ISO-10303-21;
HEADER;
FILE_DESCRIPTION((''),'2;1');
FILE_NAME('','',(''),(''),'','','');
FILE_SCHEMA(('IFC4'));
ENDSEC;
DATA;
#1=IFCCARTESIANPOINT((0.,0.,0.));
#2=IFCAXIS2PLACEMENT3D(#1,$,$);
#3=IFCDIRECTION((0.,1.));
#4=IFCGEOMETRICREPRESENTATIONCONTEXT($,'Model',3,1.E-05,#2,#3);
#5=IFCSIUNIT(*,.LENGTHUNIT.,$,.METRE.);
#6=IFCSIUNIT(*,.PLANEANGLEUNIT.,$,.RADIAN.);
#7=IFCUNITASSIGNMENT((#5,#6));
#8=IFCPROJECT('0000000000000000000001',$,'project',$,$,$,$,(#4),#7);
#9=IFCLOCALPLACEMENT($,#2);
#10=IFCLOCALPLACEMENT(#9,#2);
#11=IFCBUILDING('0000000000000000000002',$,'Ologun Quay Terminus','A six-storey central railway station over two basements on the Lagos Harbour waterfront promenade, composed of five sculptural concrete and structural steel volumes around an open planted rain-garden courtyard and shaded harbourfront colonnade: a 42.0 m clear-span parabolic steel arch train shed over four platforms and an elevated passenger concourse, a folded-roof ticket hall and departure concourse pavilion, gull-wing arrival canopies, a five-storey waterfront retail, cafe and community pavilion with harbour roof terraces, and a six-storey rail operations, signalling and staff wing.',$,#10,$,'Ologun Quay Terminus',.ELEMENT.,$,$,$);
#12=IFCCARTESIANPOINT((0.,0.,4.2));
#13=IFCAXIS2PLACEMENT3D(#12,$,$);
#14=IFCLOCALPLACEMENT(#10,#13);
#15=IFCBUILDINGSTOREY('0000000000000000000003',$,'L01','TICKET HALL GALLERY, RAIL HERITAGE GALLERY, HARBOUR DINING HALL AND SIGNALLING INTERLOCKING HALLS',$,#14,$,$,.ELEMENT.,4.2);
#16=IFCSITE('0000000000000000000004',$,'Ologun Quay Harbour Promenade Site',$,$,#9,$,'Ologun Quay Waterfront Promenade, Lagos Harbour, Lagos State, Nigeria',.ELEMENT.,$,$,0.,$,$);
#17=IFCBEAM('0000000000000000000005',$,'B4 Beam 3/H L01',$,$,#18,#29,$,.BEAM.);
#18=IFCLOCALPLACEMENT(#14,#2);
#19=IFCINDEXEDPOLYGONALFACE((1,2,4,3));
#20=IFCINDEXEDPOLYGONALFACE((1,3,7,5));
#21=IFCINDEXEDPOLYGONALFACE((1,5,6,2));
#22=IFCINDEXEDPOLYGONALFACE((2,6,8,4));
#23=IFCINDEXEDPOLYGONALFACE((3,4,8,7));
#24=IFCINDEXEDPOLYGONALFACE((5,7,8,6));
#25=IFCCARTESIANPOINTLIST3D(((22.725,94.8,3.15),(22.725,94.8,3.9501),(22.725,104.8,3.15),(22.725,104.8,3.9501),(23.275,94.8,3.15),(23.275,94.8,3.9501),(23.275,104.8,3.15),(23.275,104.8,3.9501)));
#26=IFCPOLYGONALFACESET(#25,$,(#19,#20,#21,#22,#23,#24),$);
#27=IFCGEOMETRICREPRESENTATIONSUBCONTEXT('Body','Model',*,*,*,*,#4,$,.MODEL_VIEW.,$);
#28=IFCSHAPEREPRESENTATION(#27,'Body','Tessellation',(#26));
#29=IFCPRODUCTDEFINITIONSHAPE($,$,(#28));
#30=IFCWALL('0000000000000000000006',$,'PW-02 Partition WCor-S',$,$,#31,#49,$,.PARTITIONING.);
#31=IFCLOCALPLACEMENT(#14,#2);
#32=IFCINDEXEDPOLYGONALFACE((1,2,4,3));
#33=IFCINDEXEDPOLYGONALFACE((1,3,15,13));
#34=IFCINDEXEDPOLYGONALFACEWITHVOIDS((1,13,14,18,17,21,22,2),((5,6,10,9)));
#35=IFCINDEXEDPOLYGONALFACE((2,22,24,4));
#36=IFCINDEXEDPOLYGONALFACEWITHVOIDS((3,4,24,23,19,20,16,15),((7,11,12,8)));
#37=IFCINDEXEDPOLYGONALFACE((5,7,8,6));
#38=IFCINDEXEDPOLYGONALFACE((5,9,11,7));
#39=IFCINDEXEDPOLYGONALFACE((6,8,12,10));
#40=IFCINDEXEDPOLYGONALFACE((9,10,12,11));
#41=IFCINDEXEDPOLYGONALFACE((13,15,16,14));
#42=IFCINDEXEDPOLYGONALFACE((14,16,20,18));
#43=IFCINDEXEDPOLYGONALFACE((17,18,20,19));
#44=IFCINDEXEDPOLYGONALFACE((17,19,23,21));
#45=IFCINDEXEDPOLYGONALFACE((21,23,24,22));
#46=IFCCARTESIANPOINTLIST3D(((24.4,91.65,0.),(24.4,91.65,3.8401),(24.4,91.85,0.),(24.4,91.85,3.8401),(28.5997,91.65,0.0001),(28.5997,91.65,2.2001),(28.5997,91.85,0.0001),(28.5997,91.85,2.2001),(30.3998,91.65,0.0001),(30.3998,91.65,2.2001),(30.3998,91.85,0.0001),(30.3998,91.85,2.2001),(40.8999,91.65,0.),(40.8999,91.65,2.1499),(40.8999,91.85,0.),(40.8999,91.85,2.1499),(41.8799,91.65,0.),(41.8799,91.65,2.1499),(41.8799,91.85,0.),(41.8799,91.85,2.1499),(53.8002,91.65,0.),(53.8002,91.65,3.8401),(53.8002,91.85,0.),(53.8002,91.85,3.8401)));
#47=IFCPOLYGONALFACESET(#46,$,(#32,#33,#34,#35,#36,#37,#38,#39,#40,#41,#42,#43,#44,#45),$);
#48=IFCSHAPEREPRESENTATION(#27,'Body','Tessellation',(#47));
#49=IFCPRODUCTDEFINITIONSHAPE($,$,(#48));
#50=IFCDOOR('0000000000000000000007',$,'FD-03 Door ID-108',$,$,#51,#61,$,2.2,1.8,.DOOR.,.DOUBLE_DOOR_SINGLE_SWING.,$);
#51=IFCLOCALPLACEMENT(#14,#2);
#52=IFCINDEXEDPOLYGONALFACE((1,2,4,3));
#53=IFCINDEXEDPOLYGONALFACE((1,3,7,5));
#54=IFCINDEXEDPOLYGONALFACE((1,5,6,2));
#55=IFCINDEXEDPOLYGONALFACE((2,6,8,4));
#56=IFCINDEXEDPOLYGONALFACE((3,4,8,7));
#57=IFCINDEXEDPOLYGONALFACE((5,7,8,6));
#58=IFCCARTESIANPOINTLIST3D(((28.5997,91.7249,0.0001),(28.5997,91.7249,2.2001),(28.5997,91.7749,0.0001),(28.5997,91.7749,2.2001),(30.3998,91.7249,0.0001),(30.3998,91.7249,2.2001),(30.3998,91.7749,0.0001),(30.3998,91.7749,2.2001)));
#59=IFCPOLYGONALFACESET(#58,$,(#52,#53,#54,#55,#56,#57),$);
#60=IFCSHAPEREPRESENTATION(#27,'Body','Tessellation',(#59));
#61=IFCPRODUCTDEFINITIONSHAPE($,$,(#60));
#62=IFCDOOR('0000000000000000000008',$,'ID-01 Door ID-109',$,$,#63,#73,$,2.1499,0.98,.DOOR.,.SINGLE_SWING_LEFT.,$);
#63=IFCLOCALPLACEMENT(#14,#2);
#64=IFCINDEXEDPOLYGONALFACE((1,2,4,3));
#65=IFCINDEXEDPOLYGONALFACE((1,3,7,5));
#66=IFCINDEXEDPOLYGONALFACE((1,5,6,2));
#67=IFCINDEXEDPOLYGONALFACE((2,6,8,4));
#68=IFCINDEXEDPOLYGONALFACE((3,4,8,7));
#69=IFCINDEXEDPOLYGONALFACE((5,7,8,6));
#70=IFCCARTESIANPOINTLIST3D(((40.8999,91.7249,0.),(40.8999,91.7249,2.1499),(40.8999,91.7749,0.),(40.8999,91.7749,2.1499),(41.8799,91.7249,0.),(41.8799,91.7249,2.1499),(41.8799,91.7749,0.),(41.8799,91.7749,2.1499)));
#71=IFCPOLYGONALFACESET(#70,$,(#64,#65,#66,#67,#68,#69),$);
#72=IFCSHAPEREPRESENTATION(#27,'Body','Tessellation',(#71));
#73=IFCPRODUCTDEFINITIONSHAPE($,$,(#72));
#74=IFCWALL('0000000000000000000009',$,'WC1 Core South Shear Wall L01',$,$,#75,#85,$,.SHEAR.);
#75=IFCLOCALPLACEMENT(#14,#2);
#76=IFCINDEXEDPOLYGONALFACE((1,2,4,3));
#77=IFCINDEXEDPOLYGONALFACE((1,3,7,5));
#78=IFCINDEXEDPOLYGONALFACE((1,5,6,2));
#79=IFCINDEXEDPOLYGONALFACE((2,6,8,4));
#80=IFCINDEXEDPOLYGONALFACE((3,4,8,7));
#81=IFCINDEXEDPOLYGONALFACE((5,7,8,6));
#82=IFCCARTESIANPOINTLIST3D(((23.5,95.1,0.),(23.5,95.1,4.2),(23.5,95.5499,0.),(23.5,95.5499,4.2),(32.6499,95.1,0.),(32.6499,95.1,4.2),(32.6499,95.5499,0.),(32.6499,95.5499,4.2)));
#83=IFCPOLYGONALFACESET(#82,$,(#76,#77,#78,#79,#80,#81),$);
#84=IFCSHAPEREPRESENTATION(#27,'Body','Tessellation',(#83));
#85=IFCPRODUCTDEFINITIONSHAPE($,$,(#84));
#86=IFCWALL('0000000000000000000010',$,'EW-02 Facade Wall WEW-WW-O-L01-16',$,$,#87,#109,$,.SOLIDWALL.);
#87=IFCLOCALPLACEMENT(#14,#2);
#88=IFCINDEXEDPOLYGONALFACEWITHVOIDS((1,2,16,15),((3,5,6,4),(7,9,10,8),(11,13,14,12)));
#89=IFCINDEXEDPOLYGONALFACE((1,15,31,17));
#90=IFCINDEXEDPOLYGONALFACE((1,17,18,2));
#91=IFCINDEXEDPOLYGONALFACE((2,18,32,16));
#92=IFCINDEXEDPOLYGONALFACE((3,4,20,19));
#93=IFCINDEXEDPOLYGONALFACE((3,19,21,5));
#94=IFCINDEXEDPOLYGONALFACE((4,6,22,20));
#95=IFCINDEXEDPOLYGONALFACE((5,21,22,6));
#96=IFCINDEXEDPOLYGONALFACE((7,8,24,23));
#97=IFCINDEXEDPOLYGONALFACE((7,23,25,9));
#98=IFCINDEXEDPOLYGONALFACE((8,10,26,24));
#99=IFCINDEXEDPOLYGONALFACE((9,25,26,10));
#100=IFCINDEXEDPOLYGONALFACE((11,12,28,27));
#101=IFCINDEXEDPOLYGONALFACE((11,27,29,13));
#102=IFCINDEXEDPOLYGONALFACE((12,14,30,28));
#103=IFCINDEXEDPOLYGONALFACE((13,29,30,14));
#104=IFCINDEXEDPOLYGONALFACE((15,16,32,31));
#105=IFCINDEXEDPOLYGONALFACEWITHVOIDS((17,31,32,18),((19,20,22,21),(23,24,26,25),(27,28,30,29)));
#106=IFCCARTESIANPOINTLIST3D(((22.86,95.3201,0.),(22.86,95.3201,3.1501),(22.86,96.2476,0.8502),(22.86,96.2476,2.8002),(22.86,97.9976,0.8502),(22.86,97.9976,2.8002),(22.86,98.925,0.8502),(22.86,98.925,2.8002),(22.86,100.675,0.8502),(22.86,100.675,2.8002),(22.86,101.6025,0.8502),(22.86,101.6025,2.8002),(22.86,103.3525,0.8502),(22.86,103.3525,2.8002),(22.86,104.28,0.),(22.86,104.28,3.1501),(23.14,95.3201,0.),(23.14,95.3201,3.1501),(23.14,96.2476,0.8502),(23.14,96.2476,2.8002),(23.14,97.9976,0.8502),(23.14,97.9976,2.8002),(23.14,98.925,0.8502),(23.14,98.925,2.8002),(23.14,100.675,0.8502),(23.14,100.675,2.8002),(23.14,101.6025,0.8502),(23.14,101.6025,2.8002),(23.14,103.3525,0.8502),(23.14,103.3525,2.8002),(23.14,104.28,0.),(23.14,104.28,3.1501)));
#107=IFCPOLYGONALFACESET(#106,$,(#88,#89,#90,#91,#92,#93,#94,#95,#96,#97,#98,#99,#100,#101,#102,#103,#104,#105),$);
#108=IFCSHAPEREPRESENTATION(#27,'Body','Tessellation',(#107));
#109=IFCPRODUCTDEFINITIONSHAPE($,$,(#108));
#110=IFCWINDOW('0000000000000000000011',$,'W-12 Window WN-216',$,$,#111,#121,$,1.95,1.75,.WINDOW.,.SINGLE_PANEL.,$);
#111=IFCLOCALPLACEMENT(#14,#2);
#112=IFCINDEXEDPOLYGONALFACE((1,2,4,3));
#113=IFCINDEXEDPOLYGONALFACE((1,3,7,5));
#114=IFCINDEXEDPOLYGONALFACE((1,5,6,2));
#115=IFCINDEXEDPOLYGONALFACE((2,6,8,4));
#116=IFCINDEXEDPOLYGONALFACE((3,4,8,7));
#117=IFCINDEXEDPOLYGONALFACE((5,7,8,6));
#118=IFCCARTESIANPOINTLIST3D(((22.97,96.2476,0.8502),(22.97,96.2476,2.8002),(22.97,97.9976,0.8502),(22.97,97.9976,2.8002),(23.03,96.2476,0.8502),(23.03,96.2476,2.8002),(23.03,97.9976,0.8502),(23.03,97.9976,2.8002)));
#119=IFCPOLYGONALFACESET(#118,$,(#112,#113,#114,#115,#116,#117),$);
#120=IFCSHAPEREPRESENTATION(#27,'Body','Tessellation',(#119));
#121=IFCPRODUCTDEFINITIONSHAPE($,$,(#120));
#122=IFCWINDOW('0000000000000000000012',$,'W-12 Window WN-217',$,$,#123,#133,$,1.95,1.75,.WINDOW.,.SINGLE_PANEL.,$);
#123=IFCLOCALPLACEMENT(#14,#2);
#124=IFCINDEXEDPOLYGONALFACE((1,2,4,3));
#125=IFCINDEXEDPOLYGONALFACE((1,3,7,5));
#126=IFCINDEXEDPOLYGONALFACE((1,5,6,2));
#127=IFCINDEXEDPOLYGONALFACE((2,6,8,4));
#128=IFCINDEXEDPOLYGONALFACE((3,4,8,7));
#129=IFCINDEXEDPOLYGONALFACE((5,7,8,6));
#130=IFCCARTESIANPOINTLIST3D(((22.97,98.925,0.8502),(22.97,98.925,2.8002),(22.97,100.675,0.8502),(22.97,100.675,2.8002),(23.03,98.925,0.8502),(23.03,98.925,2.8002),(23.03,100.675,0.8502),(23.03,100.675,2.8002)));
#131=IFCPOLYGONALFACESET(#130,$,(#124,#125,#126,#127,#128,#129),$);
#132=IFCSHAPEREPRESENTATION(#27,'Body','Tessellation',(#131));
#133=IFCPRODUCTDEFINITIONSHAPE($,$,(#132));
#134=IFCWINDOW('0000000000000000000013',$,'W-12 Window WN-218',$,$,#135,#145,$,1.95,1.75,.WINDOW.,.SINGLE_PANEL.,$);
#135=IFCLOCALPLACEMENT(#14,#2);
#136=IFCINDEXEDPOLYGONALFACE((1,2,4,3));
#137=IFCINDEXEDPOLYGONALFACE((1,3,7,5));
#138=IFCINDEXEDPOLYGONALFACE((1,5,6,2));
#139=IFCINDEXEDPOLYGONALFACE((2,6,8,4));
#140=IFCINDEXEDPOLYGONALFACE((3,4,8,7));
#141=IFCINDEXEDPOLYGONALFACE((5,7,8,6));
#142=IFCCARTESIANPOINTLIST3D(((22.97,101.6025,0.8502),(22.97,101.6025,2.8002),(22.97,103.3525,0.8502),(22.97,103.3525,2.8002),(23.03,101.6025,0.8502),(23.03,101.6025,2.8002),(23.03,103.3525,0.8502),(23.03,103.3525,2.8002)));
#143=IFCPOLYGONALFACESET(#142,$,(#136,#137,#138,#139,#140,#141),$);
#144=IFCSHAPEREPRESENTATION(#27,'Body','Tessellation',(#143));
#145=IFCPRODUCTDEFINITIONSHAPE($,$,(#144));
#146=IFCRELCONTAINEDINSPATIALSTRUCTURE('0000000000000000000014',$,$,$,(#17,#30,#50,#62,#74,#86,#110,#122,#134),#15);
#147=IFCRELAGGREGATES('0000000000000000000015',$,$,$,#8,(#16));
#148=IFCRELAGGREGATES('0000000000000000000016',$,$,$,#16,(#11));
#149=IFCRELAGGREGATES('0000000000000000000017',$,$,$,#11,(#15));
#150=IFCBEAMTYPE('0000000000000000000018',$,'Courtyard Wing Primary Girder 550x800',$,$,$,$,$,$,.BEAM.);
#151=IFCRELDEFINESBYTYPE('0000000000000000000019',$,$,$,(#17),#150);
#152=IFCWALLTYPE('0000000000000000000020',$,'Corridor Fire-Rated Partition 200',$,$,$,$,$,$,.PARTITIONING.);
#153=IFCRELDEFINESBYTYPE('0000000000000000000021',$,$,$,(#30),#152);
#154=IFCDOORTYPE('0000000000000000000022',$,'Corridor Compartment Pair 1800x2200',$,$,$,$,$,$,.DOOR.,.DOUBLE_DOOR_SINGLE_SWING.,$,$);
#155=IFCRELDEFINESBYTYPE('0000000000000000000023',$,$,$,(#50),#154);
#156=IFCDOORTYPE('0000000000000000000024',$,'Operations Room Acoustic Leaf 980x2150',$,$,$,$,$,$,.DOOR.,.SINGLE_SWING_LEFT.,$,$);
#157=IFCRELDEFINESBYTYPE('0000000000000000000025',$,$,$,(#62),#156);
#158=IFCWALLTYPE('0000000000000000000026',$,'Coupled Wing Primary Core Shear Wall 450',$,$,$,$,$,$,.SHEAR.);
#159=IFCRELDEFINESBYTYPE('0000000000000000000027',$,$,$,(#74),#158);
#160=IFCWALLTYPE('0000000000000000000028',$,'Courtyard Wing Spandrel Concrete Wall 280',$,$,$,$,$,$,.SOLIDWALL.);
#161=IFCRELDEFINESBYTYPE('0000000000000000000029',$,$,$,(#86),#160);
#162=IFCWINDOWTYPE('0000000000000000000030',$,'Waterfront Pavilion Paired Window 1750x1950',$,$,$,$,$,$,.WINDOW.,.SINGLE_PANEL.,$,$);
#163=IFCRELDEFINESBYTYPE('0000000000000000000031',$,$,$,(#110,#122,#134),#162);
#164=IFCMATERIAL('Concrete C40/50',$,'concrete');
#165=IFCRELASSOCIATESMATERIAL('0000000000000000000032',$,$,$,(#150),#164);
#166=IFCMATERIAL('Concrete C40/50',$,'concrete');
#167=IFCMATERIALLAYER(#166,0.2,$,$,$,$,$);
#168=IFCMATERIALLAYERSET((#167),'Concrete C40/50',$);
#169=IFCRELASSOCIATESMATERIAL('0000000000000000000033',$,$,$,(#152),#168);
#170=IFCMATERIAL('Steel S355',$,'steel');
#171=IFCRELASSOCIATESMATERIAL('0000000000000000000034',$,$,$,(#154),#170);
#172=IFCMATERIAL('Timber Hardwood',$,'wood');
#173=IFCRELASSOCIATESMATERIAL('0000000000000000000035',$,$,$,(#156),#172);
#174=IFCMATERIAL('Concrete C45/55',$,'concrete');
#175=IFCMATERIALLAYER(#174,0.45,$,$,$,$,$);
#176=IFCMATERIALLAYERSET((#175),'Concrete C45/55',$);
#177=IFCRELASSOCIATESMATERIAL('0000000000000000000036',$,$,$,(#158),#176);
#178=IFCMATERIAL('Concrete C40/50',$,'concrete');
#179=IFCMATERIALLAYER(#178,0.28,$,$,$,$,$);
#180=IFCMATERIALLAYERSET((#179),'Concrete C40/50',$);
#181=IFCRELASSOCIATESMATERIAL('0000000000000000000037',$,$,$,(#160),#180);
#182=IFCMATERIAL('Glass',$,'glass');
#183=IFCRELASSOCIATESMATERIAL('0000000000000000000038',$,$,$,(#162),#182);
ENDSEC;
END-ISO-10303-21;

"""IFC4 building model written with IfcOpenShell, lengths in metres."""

from ifc_helpers import new_model, si_unit, direction, frame, frame_2d, origin, origin_2d, place, context, subcontext, project, spatial, rectangle, extrude, material, layer, layer_set, material_profile, profile_set, type_object, element, fill, save


model = new_model("IFC4")

# Units and contexts
model_context = context("Model", 3, precision=1e-05, world=origin(), true_north=direction((0.0, 1.0)))
body_context = subcontext(model_context, "Body", "Model", "MODEL_VIEW")
ifc_project = project(units=[si_unit("LENGTHUNIT", "METRE"), si_unit("PLANEANGLEUNIT", "RADIAN")], contexts=[model_context])

# Site, building, storey
site_placement = place(None, origin())
site = spatial("IfcSite", under=ifc_project, at=site_placement, Name="Ologun Quay Harbour Promenade Site", LongName="Ologun Quay Waterfront Promenade, Lagos Harbour, Lagos State, Nigeria", CompositionType="ELEMENT", RefElevation=0.0)
building_placement = place(site_placement, origin())
building = spatial("IfcBuilding", under=site, at=building_placement, Name="Ologun Quay Terminus", Description="A six-storey central railway station over two basements on the Lagos Harbour waterfront promenade, composed of five sculptural concrete and structural steel volumes around an open planted rain-garden courtyard and shaded harbourfront colonnade: a 42.0 m clear-span parabolic steel arch train shed over four platforms and an elevated passenger concourse, a folded-roof ticket hall and departure concourse pavilion, gull-wing arrival canopies, a five-storey waterfront retail, cafe and community pavilion with harbour roof terraces, and a six-storey rail operations, signalling and staff wing.", LongName="Ologun Quay Terminus", CompositionType="ELEMENT")
storey_placement = place(building_placement, frame((0.0, 0.0, 4.2)))
storey = spatial("IfcBuildingStorey", under=building, at=storey_placement, Name="L01", Description="TICKET HALL GALLERY, RAIL HERITAGE GALLERY, HARBOUR DINING HALL AND SIGNALLING INTERLOCKING HALLS", CompositionType="ELEMENT", Elevation=4.2)

# Beam
ifc_material_1 = material(Name="Concrete C40/50", Category="concrete")
ifc_material_profile = material_profile(ifc_material_1, rectangle(XDim=0.55, YDim=0.8, at=origin_2d()), Name="RC 550x800")
ifc_profile_set = profile_set([ifc_material_profile], Name="Concrete C40/50")
beam_type = type_object("IfcBeamType", Name="Courtyard Wing Primary Girder 550x800", PredefinedType="BEAM", material=ifc_profile_set)
beam_placement = place(storey_placement, frame((23.0, 94.8, 3.55), z_axis=(0.0, 1.0, 0.0), x_axis=(-1.0, 0.0, 0.0)))
element("IfcBeam", 1, at=beam_placement, inside=storey, type_object=beam_type, Name="B4 Beam 3/H L01", PredefinedType="BEAM", context=body_context, shape_type="SweptSolid", body=[
    extrude(rectangle(XDim=0.55, YDim=0.8, at=origin_2d()), origin(), (0.0, 0.0, 1.0), 10.0),
])

# Wall, openings, doors
ifc_material_2 = material(Name="Concrete C40/50", Category="concrete")
ifc_layer_1 = layer(ifc_material_2, 0.2)
ifc_layer_set_1 = layer_set([ifc_layer_1], Name="Concrete C40/50")
wall_type_1 = type_object("IfcWallType", Name="Corridor Fire-Rated Partition 200", PredefinedType="PARTITIONING", material=ifc_layer_set_1)
wall_1_placement = place(storey_placement, frame((24.3999, 91.75, 0.0), z_axis=(0.0, 0.0, 1.0), x_axis=(1.0, 0.0, 0.0)))
wall_1 = element("IfcWall", 2, at=wall_1_placement, inside=storey, type_object=wall_type_1, Name="PW-02 Partition WCor-S", PredefinedType="PARTITIONING", context=body_context, shape_type="SweptSolid", body=[
    extrude(rectangle(XDim=29.4001, YDim=0.2, at=frame_2d((14.7002, 0.0))), origin(), (0.0, 0.0, 1.0), 3.8401),
])
opening_1_placement = place(wall_1_placement, frame((4.2, 0.0, 0.0)))
opening_1 = element("IfcOpeningElement", 3, at=opening_1_placement, cuts=wall_1, PredefinedType="OPENING", context=body_context, shape_type="SweptSolid", body=[
    extrude(rectangle(XDim=1.8, YDim=2.2, at=frame_2d((0.8999, 1.1001))), frame((0.0, 0.1099, 0.0), z_axis=(0.0, -1.0, 0.0), x_axis=(1.0, 0.0, 0.0)), (0.0, 0.0, 1.0), 0.22),
])
opening_2_placement = place(wall_1_placement, frame((16.5, 0.0, 0.0)))
opening_2 = element("IfcOpeningElement", 4, at=opening_2_placement, cuts=wall_1, PredefinedType="OPENING", context=body_context, shape_type="SweptSolid", body=[
    extrude(rectangle(XDim=0.98, YDim=2.1499, at=frame_2d((0.49, 1.075))), frame((0.0, 0.1099, 0.0), z_axis=(0.0, -1.0, 0.0), x_axis=(1.0, 0.0, 0.0)), (0.0, 0.0, 1.0), 0.22),
])
ifc_material_3 = material(Name="Steel S355", Category="steel")
door_type_1 = type_object("IfcDoorType", Name="Corridor Compartment Pair 1800x2200", OperationType="DOUBLE_DOOR_SINGLE_SWING", PredefinedType="DOOR", material=ifc_material_3)
door_1_placement = place(opening_1_placement, origin())
door_1 = element("IfcDoor", 5, at=door_1_placement, inside=storey, type_object=door_type_1, Name="FD-03 Door ID-108", OperationType="DOUBLE_DOOR_SINGLE_SWING", OverallHeight=2.2, OverallWidth=1.8, PredefinedType="DOOR", context=body_context, shape_type="SweptSolid", body=[
    extrude(rectangle(XDim=1.8, YDim=2.2, at=frame_2d((0.8999, 1.1001))), frame((0.0, 0.0249, 0.0), z_axis=(0.0, -1.0, 0.0), x_axis=(1.0, 0.0, 0.0)), (0.0, 0.0, 1.0), 0.05),
])
fill(opening_1, door_1)
ifc_material_4 = material(Name="Timber Hardwood", Category="wood")
door_type_2 = type_object("IfcDoorType", Name="Operations Room Acoustic Leaf 980x2150", OperationType="SINGLE_SWING_LEFT", PredefinedType="DOOR", material=ifc_material_4)
door_2_placement = place(opening_2_placement, origin())
door_2 = element("IfcDoor", 6, at=door_2_placement, inside=storey, type_object=door_type_2, Name="ID-01 Door ID-109", OperationType="SINGLE_SWING_LEFT", OverallHeight=2.1499, OverallWidth=0.98, PredefinedType="DOOR", context=body_context, shape_type="SweptSolid", body=[
    extrude(rectangle(XDim=0.98, YDim=2.1499, at=frame_2d((0.49, 1.075))), frame((0.0, 0.0249, 0.0), z_axis=(0.0, -1.0, 0.0), x_axis=(1.0, 0.0, 0.0)), (0.0, 0.0, 1.0), 0.05),
])
fill(opening_2, door_2)

# Wall
ifc_material_5 = material(Name="Concrete C45/55", Category="concrete")
ifc_layer_2 = layer(ifc_material_5, 0.45)
ifc_layer_set_2 = layer_set([ifc_layer_2], Name="Concrete C45/55")
wall_type_2 = type_object("IfcWallType", Name="Coupled Wing Primary Core Shear Wall 450", PredefinedType="SHEAR", material=ifc_layer_set_2)
wall_2_placement = place(storey_placement, frame((23.5, 95.325, 0.0), z_axis=(0.0, 0.0, 1.0), x_axis=(1.0, 0.0, 0.0)))
element("IfcWall", 7, at=wall_2_placement, inside=storey, type_object=wall_type_2, Name="WC1 Core South Shear Wall L01", PredefinedType="SHEAR", context=body_context, shape_type="SweptSolid", body=[
    extrude(rectangle(XDim=9.1499, YDim=0.45, at=frame_2d((4.575, 0.0))), origin(), (0.0, 0.0, 1.0), 4.2),
])

# Wall, openings, windows
ifc_material_6 = material(Name="Concrete C40/50", Category="concrete")
ifc_layer_3 = layer(ifc_material_6, 0.28)
ifc_layer_set_3 = layer_set([ifc_layer_3], Name="Concrete C40/50")
wall_type_3 = type_object("IfcWallType", Name="Courtyard Wing Spandrel Concrete Wall 280", PredefinedType="SOLIDWALL", material=ifc_layer_set_3)
wall_3_placement = place(storey_placement, frame((23.0, 95.3201, 0.0), z_axis=(0.0, 0.0, 1.0), x_axis=(0.0, 1.0, 0.0)))
wall_3 = element("IfcWall", 8, at=wall_3_placement, inside=storey, type_object=wall_type_3, Name="EW-02 Facade Wall WEW-WW-O-L01-16", PredefinedType="SOLIDWALL", context=body_context, shape_type="SweptSolid", body=[
    extrude(rectangle(XDim=8.96, YDim=0.28, at=frame_2d((4.48, 0.0))), origin(), (0.0, 0.0, 1.0), 3.1501),
])
opening_3_placement = place(wall_3_placement, frame((0.9275, 0.0, 0.8501)))
opening_3 = element("IfcOpeningElement", 9, at=opening_3_placement, cuts=wall_3, PredefinedType="OPENING", context=body_context, shape_type="SweptSolid", body=[
    extrude(rectangle(XDim=1.75, YDim=1.95, at=frame_2d((0.875, 0.9751))), frame((0.0, 0.1499, 0.0), z_axis=(0.0, -1.0, 0.0), x_axis=(1.0, 0.0, 0.0)), (0.0, 0.0, 1.0), 0.3),
])
opening_4_placement = place(wall_3_placement, frame((3.605, 0.0, 0.8501)))
opening_4 = element("IfcOpeningElement", 10, at=opening_4_placement, cuts=wall_3, PredefinedType="OPENING", context=body_context, shape_type="SweptSolid", body=[
    extrude(rectangle(XDim=1.75, YDim=1.95, at=frame_2d((0.875, 0.9751))), frame((0.0, 0.1499, 0.0), z_axis=(0.0, -1.0, 0.0), x_axis=(1.0, 0.0, 0.0)), (0.0, 0.0, 1.0), 0.3),
])
opening_5_placement = place(wall_3_placement, frame((6.2825, 0.0, 0.8501)))
opening_5 = element("IfcOpeningElement", 11, at=opening_5_placement, cuts=wall_3, PredefinedType="OPENING", context=body_context, shape_type="SweptSolid", body=[
    extrude(rectangle(XDim=1.75, YDim=1.95, at=frame_2d((0.875, 0.9751))), frame((0.0, 0.1499, 0.0), z_axis=(0.0, -1.0, 0.0), x_axis=(1.0, 0.0, 0.0)), (0.0, 0.0, 1.0), 0.3),
])
ifc_material_7 = material(Name="Glass", Category="glass")
window_type = type_object("IfcWindowType", Name="Waterfront Pavilion Paired Window 1750x1950", PartitioningType="SINGLE_PANEL", PredefinedType="WINDOW", material=ifc_material_7)
window_1_placement = place(opening_3_placement, origin())
window_1 = element("IfcWindow", 12, at=window_1_placement, inside=storey, type_object=window_type, Name="W-12 Window WN-216", OverallHeight=1.95, OverallWidth=1.75, PartitioningType="SINGLE_PANEL", PredefinedType="WINDOW", context=body_context, shape_type="SweptSolid", body=[
    extrude(rectangle(XDim=1.75, YDim=1.95, at=frame_2d((0.875, 0.9751))), frame((0.0, 0.03, 0.0), z_axis=(0.0, -1.0, 0.0), x_axis=(1.0, 0.0, 0.0)), (0.0, 0.0, 1.0), 0.0601),
])
fill(opening_3, window_1)
window_2_placement = place(opening_4_placement, origin())
window_2 = element("IfcWindow", 13, at=window_2_placement, inside=storey, type_object=window_type, Name="W-12 Window WN-217", OverallHeight=1.95, OverallWidth=1.75, PartitioningType="SINGLE_PANEL", PredefinedType="WINDOW", context=body_context, shape_type="SweptSolid", body=[
    extrude(rectangle(XDim=1.75, YDim=1.95, at=frame_2d((0.875, 0.9751))), frame((0.0, 0.03, 0.0), z_axis=(0.0, -1.0, 0.0), x_axis=(1.0, 0.0, 0.0)), (0.0, 0.0, 1.0), 0.0601),
])
fill(opening_4, window_2)
window_3_placement = place(opening_5_placement, origin())
window_3 = element("IfcWindow", 14, at=window_3_placement, inside=storey, type_object=window_type, Name="W-12 Window WN-218", OverallHeight=1.95, OverallWidth=1.75, PartitioningType="SINGLE_PANEL", PredefinedType="WINDOW", context=body_context, shape_type="SweptSolid", body=[
    extrude(rectangle(XDim=1.75, YDim=1.95, at=frame_2d((0.875, 0.9751))), frame((0.0, 0.03, 0.0), z_axis=(0.0, -1.0, 0.0), x_axis=(1.0, 0.0, 0.0)), (0.0, 0.0, 1.0), 0.0601),
])
fill(opening_5, window_3)

save(model, "model.ifc")
